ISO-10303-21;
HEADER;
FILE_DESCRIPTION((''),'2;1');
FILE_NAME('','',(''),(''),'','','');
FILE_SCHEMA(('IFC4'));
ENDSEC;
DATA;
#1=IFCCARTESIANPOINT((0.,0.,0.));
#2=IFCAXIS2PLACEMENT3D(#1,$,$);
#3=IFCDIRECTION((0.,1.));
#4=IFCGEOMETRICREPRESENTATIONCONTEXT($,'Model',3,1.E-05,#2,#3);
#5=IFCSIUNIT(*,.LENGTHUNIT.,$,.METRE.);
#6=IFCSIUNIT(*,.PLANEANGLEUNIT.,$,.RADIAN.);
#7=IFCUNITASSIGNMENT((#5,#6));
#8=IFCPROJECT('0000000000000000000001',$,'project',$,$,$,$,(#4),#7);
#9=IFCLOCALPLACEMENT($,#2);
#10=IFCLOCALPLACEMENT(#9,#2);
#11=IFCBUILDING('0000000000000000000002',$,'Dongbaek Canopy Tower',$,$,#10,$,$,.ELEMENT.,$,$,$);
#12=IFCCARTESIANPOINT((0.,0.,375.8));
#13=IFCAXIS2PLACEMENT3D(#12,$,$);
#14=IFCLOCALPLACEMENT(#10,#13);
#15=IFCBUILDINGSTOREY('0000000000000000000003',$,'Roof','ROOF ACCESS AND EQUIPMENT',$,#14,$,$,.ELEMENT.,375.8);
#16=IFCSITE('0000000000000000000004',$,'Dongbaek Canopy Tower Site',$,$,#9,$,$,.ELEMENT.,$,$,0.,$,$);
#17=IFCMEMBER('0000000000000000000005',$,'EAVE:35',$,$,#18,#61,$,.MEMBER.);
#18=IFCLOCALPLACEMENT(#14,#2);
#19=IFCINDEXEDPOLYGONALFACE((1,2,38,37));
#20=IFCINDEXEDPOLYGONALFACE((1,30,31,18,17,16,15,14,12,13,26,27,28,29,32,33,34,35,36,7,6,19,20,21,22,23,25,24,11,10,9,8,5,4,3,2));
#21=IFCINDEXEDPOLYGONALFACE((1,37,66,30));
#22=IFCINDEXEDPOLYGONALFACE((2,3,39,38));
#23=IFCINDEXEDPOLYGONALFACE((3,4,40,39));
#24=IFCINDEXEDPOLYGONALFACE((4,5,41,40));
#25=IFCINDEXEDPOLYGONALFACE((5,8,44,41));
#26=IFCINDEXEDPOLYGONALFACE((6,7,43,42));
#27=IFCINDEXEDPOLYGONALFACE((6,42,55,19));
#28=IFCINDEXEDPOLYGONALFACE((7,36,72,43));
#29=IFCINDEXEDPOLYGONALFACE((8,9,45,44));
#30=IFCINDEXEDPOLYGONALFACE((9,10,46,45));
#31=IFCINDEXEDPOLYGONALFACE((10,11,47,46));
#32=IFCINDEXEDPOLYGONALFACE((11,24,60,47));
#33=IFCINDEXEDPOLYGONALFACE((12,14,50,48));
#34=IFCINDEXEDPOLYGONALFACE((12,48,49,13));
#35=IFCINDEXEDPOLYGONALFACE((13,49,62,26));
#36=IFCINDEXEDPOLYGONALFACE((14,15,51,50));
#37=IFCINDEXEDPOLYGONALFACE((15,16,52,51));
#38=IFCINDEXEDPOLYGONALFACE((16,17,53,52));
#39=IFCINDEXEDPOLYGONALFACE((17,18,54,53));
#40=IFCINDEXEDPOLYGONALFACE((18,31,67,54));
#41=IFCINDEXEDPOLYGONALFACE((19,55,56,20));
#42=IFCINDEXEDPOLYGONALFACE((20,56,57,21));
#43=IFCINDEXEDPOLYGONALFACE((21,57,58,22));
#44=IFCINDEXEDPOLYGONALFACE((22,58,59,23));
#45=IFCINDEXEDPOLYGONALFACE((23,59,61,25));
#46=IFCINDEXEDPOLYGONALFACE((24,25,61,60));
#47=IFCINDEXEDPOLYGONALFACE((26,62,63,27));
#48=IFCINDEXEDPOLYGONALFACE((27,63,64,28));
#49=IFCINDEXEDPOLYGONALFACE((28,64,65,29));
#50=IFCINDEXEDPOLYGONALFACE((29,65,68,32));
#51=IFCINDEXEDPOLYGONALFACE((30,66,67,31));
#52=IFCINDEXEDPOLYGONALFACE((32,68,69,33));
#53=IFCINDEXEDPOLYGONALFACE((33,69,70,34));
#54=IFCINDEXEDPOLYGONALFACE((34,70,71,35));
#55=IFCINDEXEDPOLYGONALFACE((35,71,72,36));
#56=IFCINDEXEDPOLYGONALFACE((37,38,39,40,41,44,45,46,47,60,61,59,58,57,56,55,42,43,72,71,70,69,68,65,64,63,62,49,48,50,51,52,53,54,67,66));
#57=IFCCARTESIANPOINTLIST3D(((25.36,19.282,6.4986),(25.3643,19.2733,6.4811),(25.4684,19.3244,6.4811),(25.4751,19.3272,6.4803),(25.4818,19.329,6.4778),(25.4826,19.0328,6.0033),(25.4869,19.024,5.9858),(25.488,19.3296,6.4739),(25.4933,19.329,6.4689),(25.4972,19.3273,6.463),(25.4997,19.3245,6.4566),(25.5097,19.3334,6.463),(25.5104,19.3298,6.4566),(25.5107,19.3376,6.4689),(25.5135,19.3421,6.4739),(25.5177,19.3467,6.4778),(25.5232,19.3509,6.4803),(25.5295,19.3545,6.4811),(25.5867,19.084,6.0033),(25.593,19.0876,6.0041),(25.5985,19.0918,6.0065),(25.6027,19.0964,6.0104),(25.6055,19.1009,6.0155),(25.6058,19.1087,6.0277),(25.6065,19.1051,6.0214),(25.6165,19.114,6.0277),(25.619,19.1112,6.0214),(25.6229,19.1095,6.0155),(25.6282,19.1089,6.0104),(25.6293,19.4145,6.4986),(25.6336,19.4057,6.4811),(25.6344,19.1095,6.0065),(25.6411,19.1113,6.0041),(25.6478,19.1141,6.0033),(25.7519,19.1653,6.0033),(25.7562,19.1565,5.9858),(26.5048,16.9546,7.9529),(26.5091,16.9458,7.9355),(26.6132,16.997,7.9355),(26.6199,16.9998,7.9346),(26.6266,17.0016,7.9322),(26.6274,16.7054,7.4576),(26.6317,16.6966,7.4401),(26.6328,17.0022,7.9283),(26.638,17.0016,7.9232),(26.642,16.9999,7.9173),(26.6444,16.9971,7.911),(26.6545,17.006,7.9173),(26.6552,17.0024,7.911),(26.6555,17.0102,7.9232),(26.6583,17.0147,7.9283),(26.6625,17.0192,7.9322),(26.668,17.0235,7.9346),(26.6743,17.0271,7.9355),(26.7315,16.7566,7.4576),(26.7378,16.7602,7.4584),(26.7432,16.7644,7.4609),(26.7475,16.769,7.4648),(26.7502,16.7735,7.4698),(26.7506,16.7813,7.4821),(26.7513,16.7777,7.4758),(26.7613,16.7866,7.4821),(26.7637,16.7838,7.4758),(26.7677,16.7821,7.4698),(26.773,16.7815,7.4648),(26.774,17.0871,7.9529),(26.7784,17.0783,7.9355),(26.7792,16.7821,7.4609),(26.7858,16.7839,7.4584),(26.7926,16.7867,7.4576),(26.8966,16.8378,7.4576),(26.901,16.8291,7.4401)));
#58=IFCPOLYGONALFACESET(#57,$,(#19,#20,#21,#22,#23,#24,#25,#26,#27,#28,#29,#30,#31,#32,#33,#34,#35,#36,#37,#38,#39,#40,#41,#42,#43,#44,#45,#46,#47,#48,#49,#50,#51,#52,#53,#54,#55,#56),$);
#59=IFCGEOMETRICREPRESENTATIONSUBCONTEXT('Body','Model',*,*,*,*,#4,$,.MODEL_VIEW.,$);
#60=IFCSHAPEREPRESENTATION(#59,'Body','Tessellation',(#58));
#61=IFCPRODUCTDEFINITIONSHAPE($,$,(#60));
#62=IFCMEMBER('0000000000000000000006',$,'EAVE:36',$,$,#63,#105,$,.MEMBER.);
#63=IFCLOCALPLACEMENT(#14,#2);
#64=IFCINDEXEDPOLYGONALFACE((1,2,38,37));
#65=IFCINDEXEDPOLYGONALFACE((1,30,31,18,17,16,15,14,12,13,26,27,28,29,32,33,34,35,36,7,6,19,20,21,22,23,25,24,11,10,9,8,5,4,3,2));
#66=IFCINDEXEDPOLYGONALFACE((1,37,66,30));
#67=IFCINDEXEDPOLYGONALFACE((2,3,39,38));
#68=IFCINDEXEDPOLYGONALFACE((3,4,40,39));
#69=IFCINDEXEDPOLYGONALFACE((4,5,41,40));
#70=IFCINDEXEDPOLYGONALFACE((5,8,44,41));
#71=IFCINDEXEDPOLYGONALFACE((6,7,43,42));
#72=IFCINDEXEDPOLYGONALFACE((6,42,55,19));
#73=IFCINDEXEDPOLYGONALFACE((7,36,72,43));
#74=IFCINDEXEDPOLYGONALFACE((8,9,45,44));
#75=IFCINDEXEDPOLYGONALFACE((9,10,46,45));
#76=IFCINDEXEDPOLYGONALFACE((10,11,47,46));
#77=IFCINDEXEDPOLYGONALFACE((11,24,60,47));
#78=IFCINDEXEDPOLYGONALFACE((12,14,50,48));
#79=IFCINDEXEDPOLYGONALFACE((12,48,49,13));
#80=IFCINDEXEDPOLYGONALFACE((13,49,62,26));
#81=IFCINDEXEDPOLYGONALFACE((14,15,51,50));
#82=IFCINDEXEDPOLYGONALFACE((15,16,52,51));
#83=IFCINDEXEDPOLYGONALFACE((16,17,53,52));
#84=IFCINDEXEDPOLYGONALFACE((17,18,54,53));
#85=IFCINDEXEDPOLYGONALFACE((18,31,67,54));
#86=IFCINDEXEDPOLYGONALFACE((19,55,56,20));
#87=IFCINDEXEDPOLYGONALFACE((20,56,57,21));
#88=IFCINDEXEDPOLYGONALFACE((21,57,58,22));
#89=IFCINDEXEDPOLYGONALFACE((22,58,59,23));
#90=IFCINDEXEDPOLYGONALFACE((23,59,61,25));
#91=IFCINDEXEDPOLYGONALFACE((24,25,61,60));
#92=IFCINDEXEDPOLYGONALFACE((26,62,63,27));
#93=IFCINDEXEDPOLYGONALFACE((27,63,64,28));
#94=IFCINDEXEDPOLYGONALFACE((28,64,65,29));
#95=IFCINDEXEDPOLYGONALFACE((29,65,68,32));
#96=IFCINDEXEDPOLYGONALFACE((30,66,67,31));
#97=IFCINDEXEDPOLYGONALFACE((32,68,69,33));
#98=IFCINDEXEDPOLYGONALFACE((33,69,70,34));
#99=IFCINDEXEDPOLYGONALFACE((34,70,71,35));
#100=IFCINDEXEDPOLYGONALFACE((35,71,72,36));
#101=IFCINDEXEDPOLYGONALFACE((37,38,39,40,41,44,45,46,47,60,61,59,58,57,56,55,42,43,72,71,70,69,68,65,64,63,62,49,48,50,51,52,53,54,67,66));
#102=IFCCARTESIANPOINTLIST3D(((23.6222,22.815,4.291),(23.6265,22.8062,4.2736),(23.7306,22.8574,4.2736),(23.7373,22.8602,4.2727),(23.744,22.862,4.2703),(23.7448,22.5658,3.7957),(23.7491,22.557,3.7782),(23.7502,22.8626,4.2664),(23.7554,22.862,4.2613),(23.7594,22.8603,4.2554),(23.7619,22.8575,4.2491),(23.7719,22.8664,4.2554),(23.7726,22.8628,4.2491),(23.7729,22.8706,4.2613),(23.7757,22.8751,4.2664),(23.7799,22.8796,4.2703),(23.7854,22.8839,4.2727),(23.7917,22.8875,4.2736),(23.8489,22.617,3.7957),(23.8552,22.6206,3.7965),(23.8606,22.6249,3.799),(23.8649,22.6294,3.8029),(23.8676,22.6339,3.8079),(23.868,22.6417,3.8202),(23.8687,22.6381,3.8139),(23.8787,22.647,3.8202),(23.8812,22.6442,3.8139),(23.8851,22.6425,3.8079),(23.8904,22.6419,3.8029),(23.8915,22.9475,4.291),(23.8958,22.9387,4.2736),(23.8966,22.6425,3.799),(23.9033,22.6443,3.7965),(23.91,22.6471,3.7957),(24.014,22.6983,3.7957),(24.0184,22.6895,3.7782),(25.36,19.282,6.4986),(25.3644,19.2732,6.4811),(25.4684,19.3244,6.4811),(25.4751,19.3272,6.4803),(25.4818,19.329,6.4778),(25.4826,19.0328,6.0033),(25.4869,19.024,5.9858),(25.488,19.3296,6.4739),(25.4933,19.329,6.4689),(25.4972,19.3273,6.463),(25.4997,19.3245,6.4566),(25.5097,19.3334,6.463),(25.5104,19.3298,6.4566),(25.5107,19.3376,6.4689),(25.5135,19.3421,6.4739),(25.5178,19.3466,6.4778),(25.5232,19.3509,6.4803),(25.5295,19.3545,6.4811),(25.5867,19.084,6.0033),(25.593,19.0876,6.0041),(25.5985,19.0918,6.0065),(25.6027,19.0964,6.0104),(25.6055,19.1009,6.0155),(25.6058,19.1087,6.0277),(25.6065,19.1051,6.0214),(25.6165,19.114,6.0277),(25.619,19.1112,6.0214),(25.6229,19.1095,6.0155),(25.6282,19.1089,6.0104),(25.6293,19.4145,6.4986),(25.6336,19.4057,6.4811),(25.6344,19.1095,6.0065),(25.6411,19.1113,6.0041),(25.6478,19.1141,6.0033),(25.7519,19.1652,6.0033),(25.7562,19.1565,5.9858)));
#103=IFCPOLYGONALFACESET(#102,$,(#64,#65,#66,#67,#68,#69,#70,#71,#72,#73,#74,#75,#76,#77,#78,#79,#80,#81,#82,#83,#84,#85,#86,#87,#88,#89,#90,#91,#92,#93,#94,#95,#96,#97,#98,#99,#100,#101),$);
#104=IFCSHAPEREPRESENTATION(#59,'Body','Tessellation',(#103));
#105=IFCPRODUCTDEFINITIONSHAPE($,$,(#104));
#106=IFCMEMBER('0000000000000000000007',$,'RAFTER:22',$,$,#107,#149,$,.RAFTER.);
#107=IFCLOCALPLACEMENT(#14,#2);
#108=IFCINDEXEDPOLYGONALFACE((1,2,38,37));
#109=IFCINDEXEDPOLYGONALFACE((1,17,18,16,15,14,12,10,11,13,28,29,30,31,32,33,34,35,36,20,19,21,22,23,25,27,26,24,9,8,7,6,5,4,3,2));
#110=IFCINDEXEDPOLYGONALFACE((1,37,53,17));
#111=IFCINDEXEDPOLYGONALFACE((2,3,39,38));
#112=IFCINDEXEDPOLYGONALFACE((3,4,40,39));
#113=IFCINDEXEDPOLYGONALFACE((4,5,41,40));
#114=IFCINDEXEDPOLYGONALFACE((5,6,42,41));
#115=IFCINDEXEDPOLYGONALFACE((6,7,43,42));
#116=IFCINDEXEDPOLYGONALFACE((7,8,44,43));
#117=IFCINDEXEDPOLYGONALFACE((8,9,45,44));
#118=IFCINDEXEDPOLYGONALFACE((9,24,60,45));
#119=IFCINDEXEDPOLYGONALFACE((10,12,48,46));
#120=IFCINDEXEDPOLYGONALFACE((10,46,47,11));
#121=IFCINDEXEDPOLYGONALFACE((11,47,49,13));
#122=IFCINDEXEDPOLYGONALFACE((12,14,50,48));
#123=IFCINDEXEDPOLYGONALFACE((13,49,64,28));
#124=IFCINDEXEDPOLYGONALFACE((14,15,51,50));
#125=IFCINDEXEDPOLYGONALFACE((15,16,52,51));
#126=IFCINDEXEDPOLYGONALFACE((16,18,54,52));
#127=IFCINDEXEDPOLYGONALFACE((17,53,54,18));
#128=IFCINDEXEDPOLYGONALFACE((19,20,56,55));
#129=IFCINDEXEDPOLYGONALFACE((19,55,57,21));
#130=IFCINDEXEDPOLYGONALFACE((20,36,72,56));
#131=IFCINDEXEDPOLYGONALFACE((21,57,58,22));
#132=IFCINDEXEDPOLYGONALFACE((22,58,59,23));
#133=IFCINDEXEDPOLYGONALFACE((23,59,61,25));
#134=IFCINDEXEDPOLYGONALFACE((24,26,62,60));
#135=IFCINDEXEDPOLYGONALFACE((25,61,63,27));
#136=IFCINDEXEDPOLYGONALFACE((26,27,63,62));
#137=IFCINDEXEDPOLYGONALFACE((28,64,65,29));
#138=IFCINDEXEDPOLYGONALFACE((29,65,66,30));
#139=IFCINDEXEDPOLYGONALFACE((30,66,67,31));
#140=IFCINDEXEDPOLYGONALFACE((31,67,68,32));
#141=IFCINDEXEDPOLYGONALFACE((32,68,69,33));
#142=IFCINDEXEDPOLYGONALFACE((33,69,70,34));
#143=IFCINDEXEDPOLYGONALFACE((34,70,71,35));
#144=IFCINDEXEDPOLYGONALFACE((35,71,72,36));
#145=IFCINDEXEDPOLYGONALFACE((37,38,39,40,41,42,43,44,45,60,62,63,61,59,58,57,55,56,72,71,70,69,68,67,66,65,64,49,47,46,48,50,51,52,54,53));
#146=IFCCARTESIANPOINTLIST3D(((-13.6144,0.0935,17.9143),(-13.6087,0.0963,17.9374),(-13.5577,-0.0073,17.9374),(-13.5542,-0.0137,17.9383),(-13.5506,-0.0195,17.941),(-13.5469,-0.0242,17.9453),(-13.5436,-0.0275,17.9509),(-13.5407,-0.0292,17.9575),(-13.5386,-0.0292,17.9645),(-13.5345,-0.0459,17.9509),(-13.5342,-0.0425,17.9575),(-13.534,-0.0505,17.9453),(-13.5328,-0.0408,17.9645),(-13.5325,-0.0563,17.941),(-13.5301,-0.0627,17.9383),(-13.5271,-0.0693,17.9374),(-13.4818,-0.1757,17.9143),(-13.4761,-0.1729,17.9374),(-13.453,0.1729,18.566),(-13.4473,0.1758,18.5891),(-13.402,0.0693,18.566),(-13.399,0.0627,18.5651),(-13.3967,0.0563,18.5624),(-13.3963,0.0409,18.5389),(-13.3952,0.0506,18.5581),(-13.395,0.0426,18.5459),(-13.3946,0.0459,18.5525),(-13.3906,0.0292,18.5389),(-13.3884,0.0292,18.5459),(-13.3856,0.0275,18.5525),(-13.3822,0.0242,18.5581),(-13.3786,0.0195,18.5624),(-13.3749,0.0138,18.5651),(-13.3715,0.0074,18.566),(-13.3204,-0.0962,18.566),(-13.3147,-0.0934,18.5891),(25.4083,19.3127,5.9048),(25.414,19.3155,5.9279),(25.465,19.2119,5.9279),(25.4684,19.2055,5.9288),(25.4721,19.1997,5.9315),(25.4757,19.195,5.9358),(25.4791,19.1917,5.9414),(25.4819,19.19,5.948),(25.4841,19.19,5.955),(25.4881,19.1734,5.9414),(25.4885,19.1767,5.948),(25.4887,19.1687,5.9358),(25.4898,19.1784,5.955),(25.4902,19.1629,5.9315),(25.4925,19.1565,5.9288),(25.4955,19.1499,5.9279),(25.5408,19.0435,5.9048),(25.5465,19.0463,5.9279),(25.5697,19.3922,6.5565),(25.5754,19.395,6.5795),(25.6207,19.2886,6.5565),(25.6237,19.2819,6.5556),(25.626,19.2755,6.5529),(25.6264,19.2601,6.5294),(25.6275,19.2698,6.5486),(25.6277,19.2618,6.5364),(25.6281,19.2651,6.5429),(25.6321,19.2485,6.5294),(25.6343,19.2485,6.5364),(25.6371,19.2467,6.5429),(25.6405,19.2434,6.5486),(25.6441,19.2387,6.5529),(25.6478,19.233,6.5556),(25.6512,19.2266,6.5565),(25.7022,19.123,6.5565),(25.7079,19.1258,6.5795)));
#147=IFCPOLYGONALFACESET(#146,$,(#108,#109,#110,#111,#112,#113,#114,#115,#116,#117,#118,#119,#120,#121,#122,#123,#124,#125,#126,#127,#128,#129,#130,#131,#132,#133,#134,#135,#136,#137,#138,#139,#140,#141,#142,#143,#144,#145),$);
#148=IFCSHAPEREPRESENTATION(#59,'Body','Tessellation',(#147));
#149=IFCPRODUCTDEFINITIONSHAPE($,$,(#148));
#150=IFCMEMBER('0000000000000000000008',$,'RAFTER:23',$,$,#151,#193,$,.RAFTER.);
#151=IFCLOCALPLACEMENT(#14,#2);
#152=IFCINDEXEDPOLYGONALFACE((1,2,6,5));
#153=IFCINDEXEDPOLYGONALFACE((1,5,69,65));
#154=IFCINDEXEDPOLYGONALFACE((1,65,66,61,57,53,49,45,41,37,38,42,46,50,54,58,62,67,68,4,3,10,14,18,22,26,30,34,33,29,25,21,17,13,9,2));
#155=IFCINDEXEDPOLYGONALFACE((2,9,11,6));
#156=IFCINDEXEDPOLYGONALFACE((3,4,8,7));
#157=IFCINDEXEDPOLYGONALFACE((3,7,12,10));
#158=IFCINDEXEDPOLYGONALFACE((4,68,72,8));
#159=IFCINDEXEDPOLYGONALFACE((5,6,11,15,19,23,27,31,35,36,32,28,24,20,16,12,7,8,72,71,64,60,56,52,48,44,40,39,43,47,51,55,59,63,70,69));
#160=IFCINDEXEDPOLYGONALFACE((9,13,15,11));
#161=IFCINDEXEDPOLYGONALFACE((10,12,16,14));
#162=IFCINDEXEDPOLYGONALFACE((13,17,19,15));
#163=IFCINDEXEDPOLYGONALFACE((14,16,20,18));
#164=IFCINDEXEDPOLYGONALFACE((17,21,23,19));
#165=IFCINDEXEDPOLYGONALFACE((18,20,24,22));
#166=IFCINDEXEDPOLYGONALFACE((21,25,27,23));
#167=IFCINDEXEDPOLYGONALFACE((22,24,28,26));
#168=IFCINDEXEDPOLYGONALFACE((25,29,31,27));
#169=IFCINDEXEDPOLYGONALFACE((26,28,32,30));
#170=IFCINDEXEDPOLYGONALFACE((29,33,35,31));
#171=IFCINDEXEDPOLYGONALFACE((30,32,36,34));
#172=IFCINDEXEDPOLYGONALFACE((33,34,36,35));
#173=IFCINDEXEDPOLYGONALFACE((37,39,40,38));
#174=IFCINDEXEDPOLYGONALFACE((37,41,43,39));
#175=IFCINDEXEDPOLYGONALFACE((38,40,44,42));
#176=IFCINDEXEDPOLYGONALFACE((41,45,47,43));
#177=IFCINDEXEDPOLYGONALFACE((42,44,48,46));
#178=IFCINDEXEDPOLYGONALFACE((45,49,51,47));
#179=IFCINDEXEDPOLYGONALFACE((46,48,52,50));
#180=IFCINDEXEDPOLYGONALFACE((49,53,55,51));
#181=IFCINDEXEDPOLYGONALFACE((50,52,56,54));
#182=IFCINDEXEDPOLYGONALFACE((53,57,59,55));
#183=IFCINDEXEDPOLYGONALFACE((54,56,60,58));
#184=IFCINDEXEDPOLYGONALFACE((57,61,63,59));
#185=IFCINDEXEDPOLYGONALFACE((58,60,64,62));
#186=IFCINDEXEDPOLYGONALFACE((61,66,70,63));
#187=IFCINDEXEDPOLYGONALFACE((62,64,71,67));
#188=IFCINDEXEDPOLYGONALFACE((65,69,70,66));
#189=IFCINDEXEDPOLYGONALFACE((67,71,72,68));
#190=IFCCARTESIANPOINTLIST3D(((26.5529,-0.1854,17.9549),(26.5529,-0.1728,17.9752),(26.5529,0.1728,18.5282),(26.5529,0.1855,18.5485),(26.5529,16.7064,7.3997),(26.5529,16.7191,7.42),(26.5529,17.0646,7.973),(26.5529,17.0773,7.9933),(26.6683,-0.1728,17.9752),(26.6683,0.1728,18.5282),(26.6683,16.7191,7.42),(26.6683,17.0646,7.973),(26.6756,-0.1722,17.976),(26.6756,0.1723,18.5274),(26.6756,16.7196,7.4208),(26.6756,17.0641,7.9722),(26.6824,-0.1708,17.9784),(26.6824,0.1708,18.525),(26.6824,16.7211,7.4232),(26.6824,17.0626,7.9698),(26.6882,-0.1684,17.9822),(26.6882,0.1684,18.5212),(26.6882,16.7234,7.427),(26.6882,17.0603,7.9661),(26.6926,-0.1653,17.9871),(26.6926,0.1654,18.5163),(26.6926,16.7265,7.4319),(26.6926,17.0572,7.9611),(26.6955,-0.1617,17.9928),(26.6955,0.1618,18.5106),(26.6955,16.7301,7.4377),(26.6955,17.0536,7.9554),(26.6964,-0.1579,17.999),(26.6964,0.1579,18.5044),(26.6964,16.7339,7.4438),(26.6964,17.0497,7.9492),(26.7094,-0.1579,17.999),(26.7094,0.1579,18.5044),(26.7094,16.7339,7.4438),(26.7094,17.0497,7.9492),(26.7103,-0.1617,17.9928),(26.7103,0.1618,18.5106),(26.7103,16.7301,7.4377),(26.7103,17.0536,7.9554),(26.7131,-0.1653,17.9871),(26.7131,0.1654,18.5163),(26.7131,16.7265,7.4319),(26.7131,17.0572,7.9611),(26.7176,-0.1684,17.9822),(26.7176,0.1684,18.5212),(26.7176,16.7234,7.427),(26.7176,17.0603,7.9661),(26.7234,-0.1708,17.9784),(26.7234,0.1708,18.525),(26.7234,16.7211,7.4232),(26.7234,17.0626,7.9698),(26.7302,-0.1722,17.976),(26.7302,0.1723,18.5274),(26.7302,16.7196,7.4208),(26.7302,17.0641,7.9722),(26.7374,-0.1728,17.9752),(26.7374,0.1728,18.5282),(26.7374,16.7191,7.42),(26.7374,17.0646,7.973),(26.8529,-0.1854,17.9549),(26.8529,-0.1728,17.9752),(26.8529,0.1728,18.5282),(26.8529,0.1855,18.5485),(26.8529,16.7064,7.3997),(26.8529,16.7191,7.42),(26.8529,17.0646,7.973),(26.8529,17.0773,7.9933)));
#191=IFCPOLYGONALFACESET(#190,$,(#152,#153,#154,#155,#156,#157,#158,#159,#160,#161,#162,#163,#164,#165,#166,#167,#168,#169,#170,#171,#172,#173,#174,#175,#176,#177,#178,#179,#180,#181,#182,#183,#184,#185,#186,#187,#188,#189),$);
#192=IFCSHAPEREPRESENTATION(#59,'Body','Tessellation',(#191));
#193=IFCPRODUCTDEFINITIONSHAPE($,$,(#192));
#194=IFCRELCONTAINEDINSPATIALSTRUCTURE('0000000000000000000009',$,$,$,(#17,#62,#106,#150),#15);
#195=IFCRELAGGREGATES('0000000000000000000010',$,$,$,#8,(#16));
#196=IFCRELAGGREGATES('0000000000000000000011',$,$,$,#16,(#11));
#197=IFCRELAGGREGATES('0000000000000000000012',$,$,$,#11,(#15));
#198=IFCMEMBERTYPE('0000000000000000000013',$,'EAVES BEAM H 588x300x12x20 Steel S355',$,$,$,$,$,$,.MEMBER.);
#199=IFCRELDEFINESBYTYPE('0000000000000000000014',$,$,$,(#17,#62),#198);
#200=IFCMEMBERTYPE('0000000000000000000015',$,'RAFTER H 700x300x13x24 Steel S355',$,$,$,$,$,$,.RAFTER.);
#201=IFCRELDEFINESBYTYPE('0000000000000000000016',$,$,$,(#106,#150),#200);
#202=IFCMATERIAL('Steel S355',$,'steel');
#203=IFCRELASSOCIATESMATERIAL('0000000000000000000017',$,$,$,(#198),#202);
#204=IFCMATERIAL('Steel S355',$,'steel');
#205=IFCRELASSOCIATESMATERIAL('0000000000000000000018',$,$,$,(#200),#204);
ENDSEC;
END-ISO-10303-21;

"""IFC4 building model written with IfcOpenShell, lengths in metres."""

from ifc_helpers import new_model, si_unit, direction, frame, origin, origin_2d, place, context, subcontext, project, spatial, i_section, extrude, material, material_profile, profile_set, type_object, element, save


model = new_model("IFC4")

# Units and contexts
model_context = context("Model", 3, precision=1e-05, world=origin(), true_north=direction((0.0, 1.0)))
body_context = subcontext(model_context, "Body", "Model", "MODEL_VIEW")
ifc_project = project(units=[si_unit("LENGTHUNIT", "METRE"), si_unit("PLANEANGLEUNIT", "RADIAN")], contexts=[model_context])

# Site, building, storey
site_placement = place(None, origin())
site = spatial("IfcSite", under=ifc_project, at=site_placement, Name="Dongbaek Canopy Tower Site", CompositionType="ELEMENT", RefElevation=0.0)
building_placement = place(site_placement, origin())
building = spatial("IfcBuilding", under=site, at=building_placement, Name="Dongbaek Canopy Tower", CompositionType="ELEMENT")
storey_placement = place(building_placement, frame((0.0, 0.0, 375.8)))
storey = spatial("IfcBuildingStorey", under=building, at=storey_placement, Name="Roof", Description="ROOF ACCESS AND EQUIPMENT", CompositionType="ELEMENT", Elevation=375.8)

# Members
ifc_material_1 = material(Name="Steel S355", Category="steel")
ifc_material_profile_1 = material_profile(ifc_material_1, i_section(OverallWidth=0.3, OverallDepth=0.5879, WebThickness=0.012, FlangeThickness=0.02, FilletRadius=0.0281, at=origin_2d()), Name="EAVES BEAM H 588x300x12x20 Steel S355")
ifc_profile_set_1 = profile_set([ifc_material_profile_1], Name="Steel S355")
member_type_1 = type_object("IfcMemberType", Name="EAVES BEAM H 588x300x12x20 Steel S355", PredefinedType="MEMBER", material=ifc_profile_set_1)
member_1_placement = place(storey_placement, frame((26.7029, 16.8918, 7.6965), z_axis=(-0.384978, 0.782681, -0.489083), x_axis=(-0.897326, -0.441368, 0.0)))
element("IfcMember", 1, at=member_1_placement, inside=storey, type_object=member_type_1, Name="EAVE:35", PredefinedType="MEMBER", context=body_context, shape_type="SweptSolid", body=[
    extrude(i_section(OverallWidth=0.3, OverallDepth=0.5879, WebThickness=0.012, FlangeThickness=0.02, FilletRadius=0.0281, at=origin_2d()), origin(), (0.0, 0.0, 1.0), 2.9736),
])
member_2_placement = place(storey_placement, frame((25.5581, 19.2192, 6.2422), z_axis=(-0.384991, 0.782693, -0.489054), x_axis=(-0.897323, -0.441375, 0.0)))
element("IfcMember", 2, at=member_2_placement, inside=storey, type_object=member_type_1, Name="EAVE:36", PredefinedType="MEMBER", context=body_context, shape_type="SweptSolid", body=[
    extrude(i_section(OverallWidth=0.3, OverallDepth=0.5879, WebThickness=0.012, FlangeThickness=0.02, FilletRadius=0.0281, at=origin_2d()), origin(), (0.0, 0.0, 1.0), 4.5139),
])
ifc_material_2 = material(Name="Steel S355", Category="steel")
ifc_material_profile_2 = material_profile(ifc_material_2, i_section(OverallWidth=0.3, OverallDepth=0.7, WebThickness=0.0129, FlangeThickness=0.0239, FilletRadius=0.0281, at=origin_2d()), Name="RAFTER H 700x300x13x24 Steel S355")
ifc_profile_set_2 = profile_set([ifc_material_profile_2], Name="Steel S355")
member_type_2 = type_object("IfcMemberType", Name="RAFTER H 700x300x13x24 Steel S355", PredefinedType="RAFTER", material=ifc_profile_set_2)
member_3_placement = place(storey_placement, frame((25.5581, 19.2192, 6.2422), z_axis=(-0.864745, -0.425899, 0.266132), x_axis=(0.441833, -0.897097, 0.0)))
element("IfcMember", 3, at=member_3_placement, inside=storey, type_object=member_type_2, Name="RAFTER:22", PredefinedType="RAFTER", context=body_context, shape_type="SweptSolid", body=[
    extrude(i_section(OverallWidth=0.3, OverallDepth=0.7, WebThickness=0.0129, FlangeThickness=0.0239, FilletRadius=0.0281, at=origin_2d()), origin(), (0.0, 0.0, 1.0), 45.1262),
])
member_4_placement = place(storey_placement, frame((26.7029, 16.8918, 7.6965), z_axis=(0.0, -0.848049, 0.529919), x_axis=(1.0, 0.0, 0.0)))
element("IfcMember", 4, at=member_4_placement, inside=storey, type_object=member_type_2, Name="RAFTER:23", PredefinedType="RAFTER", context=body_context, shape_type="SweptSolid", body=[
    extrude(i_section(OverallWidth=0.3, OverallDepth=0.7, WebThickness=0.0129, FlangeThickness=0.0239, FilletRadius=0.0281, at=origin_2d()), origin(), (0.0, 0.0, 1.0), 19.9185),
])

save(model, "model.ifc")
